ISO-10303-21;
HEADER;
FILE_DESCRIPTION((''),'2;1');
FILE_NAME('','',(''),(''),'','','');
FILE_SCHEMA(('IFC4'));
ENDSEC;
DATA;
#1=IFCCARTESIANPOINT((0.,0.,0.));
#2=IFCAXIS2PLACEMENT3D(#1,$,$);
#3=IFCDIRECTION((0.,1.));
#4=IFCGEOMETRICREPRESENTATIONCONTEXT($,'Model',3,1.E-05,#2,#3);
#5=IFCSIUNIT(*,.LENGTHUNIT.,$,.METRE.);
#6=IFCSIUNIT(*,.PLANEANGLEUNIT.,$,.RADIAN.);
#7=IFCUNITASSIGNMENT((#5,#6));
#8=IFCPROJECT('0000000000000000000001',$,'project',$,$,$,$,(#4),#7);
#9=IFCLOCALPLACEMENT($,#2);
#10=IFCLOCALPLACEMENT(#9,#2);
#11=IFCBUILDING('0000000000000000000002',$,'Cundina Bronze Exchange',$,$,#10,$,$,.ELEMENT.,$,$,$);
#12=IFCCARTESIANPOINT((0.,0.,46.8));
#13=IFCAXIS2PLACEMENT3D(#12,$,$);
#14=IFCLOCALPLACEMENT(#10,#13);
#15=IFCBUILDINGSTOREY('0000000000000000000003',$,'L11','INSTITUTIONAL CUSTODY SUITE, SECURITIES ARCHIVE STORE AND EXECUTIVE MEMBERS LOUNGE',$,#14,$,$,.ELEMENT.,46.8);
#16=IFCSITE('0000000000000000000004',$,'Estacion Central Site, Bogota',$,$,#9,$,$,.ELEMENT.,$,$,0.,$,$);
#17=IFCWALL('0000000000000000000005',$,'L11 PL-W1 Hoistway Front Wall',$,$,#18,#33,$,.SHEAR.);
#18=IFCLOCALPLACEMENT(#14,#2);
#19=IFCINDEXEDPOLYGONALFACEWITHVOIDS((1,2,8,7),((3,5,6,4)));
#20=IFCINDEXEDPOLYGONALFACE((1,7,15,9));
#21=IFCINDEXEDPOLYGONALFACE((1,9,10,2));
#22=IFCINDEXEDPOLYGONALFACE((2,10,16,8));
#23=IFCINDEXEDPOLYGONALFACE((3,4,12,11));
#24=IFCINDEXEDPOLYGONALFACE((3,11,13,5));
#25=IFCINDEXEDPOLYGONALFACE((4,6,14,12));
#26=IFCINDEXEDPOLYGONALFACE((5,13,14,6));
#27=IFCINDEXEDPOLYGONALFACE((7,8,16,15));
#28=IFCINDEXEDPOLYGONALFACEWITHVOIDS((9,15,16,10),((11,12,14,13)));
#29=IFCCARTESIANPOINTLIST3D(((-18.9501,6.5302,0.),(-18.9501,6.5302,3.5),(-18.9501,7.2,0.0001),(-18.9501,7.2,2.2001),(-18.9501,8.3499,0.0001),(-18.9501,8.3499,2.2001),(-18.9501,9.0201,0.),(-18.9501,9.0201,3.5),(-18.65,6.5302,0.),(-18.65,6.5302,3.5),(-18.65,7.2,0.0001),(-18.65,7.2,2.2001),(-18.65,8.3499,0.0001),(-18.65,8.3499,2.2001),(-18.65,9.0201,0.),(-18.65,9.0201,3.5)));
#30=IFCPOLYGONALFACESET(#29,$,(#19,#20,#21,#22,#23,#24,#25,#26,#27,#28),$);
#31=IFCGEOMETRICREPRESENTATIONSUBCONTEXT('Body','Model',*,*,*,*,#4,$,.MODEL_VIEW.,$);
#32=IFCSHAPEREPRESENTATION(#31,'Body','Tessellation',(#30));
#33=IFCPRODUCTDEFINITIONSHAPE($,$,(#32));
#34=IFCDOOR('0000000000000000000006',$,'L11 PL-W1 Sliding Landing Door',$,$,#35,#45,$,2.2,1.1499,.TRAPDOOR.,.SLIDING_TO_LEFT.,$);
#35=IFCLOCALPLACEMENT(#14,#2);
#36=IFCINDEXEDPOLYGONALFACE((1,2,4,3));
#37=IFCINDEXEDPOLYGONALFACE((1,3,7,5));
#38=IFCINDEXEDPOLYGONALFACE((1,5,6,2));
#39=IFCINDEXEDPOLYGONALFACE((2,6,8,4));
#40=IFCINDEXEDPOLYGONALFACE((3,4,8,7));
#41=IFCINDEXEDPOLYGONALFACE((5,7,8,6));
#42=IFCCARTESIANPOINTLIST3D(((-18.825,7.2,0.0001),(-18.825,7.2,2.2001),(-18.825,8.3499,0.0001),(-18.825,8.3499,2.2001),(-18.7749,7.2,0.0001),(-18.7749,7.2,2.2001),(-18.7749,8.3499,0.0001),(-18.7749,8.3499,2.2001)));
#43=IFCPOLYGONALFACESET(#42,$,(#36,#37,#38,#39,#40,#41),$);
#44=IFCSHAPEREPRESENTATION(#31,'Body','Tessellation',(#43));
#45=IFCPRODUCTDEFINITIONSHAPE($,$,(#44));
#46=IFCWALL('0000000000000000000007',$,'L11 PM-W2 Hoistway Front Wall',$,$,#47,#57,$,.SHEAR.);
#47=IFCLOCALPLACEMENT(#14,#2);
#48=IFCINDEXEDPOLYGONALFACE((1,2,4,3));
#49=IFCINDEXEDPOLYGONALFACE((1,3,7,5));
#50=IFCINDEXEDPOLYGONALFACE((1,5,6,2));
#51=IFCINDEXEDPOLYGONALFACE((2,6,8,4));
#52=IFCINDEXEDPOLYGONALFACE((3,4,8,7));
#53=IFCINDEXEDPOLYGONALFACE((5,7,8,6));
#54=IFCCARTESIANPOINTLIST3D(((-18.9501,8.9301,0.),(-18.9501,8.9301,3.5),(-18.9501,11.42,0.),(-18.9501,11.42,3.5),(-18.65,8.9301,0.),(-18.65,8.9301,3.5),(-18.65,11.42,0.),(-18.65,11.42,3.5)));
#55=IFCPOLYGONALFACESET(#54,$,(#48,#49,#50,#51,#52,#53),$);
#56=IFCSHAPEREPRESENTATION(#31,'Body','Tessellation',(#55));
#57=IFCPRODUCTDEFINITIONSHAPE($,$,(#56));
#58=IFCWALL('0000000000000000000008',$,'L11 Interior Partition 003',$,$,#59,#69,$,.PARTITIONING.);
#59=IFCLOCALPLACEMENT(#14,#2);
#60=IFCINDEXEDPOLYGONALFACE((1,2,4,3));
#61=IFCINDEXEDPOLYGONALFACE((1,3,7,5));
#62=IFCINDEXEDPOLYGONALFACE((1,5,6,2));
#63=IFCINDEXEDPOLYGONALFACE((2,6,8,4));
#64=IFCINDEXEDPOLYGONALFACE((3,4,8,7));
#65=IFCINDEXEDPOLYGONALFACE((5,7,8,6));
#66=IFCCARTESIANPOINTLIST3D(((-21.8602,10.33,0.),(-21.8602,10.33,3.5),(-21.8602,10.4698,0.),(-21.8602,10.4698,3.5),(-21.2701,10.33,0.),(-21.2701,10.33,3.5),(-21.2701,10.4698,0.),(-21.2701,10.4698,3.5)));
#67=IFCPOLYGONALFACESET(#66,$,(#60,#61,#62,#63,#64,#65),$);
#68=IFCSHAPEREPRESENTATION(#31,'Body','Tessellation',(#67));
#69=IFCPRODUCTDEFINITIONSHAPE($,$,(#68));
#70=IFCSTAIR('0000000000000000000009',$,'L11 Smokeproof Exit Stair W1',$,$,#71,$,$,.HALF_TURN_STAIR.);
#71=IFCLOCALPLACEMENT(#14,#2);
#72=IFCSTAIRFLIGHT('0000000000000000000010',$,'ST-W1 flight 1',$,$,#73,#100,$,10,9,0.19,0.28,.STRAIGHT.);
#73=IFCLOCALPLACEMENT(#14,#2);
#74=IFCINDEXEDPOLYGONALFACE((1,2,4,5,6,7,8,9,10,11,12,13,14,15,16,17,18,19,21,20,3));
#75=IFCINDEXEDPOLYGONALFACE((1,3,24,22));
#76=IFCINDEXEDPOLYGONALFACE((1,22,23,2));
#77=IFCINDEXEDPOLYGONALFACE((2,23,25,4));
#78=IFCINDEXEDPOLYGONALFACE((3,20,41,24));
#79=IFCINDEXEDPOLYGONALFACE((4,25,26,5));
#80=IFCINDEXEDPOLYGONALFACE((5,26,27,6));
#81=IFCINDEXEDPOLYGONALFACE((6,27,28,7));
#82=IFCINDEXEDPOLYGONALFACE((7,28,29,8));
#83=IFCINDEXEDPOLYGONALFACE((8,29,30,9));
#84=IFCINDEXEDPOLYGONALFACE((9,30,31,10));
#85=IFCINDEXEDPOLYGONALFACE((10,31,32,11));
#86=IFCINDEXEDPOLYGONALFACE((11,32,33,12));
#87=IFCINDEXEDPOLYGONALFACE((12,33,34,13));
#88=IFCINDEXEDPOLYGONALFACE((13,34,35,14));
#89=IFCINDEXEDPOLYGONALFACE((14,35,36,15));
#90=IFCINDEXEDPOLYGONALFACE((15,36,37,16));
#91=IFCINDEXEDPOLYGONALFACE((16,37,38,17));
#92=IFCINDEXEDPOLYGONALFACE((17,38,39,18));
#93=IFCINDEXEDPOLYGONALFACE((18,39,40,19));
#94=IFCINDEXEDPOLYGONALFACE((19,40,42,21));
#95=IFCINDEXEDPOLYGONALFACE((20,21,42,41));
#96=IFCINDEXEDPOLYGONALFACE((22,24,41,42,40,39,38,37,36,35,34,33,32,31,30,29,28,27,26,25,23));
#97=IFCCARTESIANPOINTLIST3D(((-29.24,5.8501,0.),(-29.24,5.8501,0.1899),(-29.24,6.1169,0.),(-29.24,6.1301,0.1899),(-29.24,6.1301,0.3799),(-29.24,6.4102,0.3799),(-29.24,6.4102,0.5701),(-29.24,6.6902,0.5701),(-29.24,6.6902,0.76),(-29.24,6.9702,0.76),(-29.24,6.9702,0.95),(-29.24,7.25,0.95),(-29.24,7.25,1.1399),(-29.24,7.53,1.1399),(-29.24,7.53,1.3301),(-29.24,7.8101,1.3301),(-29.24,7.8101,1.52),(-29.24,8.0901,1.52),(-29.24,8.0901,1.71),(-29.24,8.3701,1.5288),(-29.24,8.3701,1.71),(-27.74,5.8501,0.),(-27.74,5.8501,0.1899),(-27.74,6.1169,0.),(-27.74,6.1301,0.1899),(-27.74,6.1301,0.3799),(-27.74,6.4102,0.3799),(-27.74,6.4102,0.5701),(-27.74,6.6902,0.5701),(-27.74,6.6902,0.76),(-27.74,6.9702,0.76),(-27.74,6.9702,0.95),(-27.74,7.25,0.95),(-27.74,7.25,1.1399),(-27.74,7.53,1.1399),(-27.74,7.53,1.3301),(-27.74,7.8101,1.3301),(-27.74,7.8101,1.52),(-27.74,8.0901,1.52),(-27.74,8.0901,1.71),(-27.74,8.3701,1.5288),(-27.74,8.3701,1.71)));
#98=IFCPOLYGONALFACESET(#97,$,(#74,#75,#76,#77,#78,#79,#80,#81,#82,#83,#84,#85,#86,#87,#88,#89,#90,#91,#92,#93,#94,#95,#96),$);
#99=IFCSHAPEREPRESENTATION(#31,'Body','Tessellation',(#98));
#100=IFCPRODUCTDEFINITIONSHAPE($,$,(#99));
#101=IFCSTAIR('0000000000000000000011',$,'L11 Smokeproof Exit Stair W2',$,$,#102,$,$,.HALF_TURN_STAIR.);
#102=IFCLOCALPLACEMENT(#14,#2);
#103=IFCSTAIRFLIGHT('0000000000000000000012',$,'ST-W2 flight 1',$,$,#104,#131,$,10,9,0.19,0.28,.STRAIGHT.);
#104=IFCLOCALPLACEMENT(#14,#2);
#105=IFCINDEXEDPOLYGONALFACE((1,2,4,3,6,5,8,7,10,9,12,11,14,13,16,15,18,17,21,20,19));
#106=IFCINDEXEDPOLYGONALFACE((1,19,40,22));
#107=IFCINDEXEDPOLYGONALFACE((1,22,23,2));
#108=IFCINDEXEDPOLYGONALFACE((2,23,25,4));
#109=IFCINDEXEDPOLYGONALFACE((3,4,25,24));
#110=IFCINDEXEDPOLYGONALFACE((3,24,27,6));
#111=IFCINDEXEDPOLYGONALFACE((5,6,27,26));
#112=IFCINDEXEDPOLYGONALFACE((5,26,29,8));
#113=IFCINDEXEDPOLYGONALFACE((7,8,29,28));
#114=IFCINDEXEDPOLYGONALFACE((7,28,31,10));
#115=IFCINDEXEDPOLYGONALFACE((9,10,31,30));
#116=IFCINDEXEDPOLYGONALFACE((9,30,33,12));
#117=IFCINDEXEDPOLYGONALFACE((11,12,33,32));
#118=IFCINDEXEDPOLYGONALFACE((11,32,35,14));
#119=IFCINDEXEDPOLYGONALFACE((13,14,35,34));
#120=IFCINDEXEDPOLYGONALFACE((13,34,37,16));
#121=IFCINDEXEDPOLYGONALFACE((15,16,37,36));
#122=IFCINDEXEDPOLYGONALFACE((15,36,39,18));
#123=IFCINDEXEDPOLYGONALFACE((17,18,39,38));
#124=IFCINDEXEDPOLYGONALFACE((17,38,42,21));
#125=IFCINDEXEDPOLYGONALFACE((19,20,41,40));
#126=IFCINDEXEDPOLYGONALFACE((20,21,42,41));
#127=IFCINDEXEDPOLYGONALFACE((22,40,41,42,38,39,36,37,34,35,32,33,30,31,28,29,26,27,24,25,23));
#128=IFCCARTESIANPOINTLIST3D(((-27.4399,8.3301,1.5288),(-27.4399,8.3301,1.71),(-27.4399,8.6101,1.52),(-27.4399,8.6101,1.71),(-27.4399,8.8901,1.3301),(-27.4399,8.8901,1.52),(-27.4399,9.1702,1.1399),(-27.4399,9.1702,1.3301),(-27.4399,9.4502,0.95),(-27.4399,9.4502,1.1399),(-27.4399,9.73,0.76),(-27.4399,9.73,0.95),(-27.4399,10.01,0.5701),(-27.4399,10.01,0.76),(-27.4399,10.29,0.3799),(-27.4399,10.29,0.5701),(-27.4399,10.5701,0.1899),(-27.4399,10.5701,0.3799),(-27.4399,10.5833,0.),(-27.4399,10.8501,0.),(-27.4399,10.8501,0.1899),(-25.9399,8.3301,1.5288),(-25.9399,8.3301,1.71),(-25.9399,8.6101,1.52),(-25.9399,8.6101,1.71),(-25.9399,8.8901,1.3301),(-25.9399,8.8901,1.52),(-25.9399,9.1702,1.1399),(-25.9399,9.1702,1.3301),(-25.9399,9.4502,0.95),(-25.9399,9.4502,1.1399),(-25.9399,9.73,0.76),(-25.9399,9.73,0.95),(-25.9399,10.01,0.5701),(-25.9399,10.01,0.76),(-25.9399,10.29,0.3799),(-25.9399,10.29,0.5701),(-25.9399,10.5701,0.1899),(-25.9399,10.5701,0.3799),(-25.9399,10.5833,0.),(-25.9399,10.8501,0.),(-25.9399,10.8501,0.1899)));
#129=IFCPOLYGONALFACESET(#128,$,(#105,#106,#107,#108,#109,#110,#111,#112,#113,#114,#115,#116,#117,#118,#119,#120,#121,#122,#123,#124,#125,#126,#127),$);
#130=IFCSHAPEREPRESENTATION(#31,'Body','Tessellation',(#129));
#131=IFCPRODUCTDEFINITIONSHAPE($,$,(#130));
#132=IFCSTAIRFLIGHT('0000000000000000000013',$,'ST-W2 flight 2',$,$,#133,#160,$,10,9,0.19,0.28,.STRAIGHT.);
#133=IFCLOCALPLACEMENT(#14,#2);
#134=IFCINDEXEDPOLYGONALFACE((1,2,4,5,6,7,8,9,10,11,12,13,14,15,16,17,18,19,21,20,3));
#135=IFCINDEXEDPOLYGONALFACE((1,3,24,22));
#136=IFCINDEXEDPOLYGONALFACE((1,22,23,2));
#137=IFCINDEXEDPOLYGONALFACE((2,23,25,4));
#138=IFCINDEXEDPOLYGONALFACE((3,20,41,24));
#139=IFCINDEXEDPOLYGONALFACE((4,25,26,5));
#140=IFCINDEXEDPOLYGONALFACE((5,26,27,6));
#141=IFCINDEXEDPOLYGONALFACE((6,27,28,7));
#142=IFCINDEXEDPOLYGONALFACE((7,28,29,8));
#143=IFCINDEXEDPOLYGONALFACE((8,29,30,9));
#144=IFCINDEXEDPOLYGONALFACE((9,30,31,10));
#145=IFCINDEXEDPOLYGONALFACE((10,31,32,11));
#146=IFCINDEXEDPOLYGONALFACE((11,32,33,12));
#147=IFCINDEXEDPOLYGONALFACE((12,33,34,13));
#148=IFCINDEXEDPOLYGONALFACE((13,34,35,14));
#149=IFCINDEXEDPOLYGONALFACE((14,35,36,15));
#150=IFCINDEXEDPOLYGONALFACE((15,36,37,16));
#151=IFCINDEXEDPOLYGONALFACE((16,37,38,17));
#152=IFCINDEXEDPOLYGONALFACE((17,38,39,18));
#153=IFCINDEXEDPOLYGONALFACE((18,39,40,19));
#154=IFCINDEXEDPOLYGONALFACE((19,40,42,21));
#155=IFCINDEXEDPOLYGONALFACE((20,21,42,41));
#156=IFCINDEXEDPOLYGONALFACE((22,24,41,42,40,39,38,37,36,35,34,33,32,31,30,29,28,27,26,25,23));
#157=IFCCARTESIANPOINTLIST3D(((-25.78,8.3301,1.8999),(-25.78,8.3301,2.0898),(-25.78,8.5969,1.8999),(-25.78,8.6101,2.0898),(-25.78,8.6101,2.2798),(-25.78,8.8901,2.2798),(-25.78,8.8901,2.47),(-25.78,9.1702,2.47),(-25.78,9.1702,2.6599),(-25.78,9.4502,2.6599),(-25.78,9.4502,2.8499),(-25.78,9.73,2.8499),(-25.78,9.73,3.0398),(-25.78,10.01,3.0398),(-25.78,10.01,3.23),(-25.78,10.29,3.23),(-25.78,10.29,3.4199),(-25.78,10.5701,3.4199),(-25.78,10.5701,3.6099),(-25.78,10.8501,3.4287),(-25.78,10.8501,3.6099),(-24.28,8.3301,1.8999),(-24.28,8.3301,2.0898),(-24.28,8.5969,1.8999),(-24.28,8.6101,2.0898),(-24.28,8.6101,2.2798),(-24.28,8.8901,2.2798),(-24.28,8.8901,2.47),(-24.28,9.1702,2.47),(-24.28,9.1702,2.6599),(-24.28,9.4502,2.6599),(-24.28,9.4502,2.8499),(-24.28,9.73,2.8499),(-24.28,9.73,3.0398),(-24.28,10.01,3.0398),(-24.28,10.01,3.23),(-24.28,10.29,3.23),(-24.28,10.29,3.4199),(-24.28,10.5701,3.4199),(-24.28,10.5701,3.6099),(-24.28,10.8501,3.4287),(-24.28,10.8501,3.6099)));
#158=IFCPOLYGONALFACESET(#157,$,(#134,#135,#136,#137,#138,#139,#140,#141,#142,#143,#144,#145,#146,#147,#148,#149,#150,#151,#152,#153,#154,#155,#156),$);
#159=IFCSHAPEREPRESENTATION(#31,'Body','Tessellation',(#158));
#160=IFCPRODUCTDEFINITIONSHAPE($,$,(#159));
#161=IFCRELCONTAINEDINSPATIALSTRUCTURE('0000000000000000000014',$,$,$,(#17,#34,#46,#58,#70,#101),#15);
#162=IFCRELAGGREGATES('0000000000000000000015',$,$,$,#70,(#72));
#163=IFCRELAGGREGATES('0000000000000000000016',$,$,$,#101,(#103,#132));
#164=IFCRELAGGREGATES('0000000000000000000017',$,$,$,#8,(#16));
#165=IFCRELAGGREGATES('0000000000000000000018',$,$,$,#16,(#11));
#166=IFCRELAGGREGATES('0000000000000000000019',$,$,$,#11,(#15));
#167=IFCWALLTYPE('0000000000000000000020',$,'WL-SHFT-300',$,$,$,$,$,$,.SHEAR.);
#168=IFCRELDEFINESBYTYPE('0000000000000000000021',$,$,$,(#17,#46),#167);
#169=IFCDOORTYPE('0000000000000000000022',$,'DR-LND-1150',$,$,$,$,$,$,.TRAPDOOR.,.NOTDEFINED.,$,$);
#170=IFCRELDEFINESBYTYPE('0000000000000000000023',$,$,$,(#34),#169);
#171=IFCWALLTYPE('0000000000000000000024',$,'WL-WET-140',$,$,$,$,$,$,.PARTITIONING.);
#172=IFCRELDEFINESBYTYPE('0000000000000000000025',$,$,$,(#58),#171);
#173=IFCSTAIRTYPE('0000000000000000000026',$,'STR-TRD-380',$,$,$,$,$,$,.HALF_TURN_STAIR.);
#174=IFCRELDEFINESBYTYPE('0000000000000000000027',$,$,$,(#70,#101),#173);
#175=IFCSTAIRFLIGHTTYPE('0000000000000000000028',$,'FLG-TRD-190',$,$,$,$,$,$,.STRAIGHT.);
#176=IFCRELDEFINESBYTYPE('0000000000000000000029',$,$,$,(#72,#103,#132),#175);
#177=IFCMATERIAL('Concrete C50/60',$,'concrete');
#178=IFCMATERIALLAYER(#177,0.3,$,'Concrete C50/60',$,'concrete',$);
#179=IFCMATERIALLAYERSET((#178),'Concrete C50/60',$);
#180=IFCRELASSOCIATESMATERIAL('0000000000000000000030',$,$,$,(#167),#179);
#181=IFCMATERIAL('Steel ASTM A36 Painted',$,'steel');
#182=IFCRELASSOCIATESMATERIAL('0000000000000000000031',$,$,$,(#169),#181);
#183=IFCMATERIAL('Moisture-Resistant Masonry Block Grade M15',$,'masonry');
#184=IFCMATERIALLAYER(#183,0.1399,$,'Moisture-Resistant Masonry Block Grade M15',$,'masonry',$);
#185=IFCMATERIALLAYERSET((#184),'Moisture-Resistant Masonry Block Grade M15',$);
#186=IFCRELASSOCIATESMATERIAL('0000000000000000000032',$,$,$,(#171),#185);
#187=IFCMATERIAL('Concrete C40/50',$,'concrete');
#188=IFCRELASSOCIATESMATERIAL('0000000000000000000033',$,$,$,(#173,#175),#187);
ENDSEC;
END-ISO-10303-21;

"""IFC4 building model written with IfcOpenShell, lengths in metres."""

from ifc_helpers import new_model, si_unit, direction, frame, frame_2d, origin, place, context, subcontext, project, spatial, polyline, rectangle, outline, extrude, material, layer, layer_set, type_object, element, fill, aggregate, save


model = new_model("IFC4")

# Units and contexts
model_context = context("Model", 3, precision=1e-05, world=origin(), true_north=direction((0.0, 1.0)))
body_context = subcontext(model_context, "Body", "Model", "MODEL_VIEW")
ifc_project = project(units=[si_unit("LENGTHUNIT", "METRE"), si_unit("PLANEANGLEUNIT", "RADIAN")], contexts=[model_context])

# Site, building, storey
site_placement = place(None, origin())
site = spatial("IfcSite", under=ifc_project, at=site_placement, Name="Estacion Central Site, Bogota", CompositionType="ELEMENT", RefElevation=0.0)
building_placement = place(site_placement, origin())
building = spatial("IfcBuilding", under=site, at=building_placement, Name="Cundina Bronze Exchange", CompositionType="ELEMENT")
storey_placement = place(building_placement, frame((0.0, 0.0, 46.8)))
storey = spatial("IfcBuildingStorey", under=building, at=storey_placement, Name="L11", Description="INSTITUTIONAL CUSTODY SUITE, SECURITIES ARCHIVE STORE AND EXECUTIVE MEMBERS LOUNGE", CompositionType="ELEMENT", Elevation=46.8)

# Shared definitions
ifc_material_1 = material(Name="Concrete C50/60", Category="concrete")
ifc_layer_1 = layer(ifc_material_1, 0.3, Name="Concrete C50/60", Category="concrete")
ifc_layer_set_1 = layer_set([ifc_layer_1], Name="Concrete C50/60")
wall_type_1 = type_object("IfcWallType", Name="WL-SHFT-300", PredefinedType="SHEAR", material=ifc_layer_set_1)

# Shared definitions
ifc_material_2 = material(Name="Steel ASTM A36 Painted", Category="steel")
door_type = type_object("IfcDoorType", Name="DR-LND-1150", OperationType="NOTDEFINED", PredefinedType="TRAPDOOR", material=ifc_material_2)

# Wall, opening, door
wall_1_placement = place(storey_placement, frame((-18.8, 6.53, 0.0), z_axis=(0.0, 0.0, 1.0), x_axis=(0.0, 1.0, 0.0)))
wall_1 = element("IfcWall", 1, at=wall_1_placement, inside=storey, type_object=wall_type_1, Name="L11 PL-W1 Hoistway Front Wall", PredefinedType="SHEAR", context=body_context, shape_type="SweptSolid", body=[
    extrude(rectangle(XDim=2.49, YDim=0.3, at=frame_2d((1.2451, 0.0))), origin(), (0.0, 0.0, 1.0), 3.5),
])
opening_1_placement = place(wall_1_placement, frame((0.6699, 0.0, 0.0)))
opening_1 = element("IfcOpeningElement", 2, at=opening_1_placement, cuts=wall_1, PredefinedType="OPENING", context=body_context, shape_type="SweptSolid", body=[
    extrude(rectangle(XDim=1.1499, YDim=2.2, at=frame_2d((0.575, 1.1001))), frame((0.0, 0.1599, 0.0), z_axis=(0.0, -1.0, 0.0), x_axis=(1.0, 0.0, 0.0)), (0.0, 0.0, 1.0), 0.3201),
])
door_1_placement = place(opening_1_placement, origin())
door_1 = element("IfcDoor", 3, at=door_1_placement, inside=storey, type_object=door_type, Name="L11 PL-W1 Sliding Landing Door", OperationType="SLIDING_TO_LEFT", OverallHeight=2.2, OverallWidth=1.1499, PredefinedType="TRAPDOOR", context=body_context, shape_type="SweptSolid", body=[
    extrude(rectangle(XDim=1.1499, YDim=2.2, at=frame_2d((0.575, 1.1001))), frame((0.0, 0.0249, 0.0), z_axis=(0.0, -1.0, 0.0), x_axis=(1.0, 0.0, 0.0)), (0.0, 0.0, 1.0), 0.05),
])
fill(opening_1, door_1)

# Walls
wall_2_placement = place(storey_placement, frame((-18.8, 8.9299, 0.0), z_axis=(0.0, 0.0, 1.0), x_axis=(0.0, 1.0, 0.0)))
element("IfcWall", 4, at=wall_2_placement, inside=storey, type_object=wall_type_1, Name="L11 PM-W2 Hoistway Front Wall", PredefinedType="SHEAR", context=body_context, shape_type="SweptSolid", body=[
    extrude(rectangle(XDim=2.49, YDim=0.3, at=frame_2d((1.2451, 0.0))), origin(), (0.0, 0.0, 1.0), 3.5),
])
ifc_material_3 = material(Name="Moisture-Resistant Masonry Block Grade M15", Category="masonry")
ifc_layer_2 = layer(ifc_material_3, 0.1399, Name="Moisture-Resistant Masonry Block Grade M15", Category="masonry")
ifc_layer_set_2 = layer_set([ifc_layer_2], Name="Moisture-Resistant Masonry Block Grade M15")
wall_type_2 = type_object("IfcWallType", Name="WL-WET-140", PredefinedType="PARTITIONING", material=ifc_layer_set_2)
wall_3_placement = place(storey_placement, frame((-21.8601, 10.3999, 0.0), z_axis=(0.0, 0.0, 1.0), x_axis=(1.0, 0.0, 0.0)))
element("IfcWall", 5, at=wall_3_placement, inside=storey, type_object=wall_type_2, Name="L11 Interior Partition 003", PredefinedType="PARTITIONING", context=body_context, shape_type="SweptSolid", body=[
    extrude(rectangle(XDim=0.5901, YDim=0.1399, at=frame_2d((0.2949, 0.0))), origin(), (0.0, 0.0, 1.0), 3.5),
])

# Stair, stair flight
ifc_material_4 = material(Name="Concrete C40/50", Category="concrete")
stair_type = type_object("IfcStairType", Name="STR-TRD-380", PredefinedType="HALF_TURN_STAIR", material=ifc_material_4)
stair_1_placement = place(storey_placement, origin())
stair_1 = element("IfcStair", 6, at=stair_1_placement, inside=storey, type_object=stair_type, Name="L11 Smokeproof Exit Stair W1", PredefinedType="HALF_TURN_STAIR")
stair_flight_type = type_object("IfcStairFlightType", Name="FLG-TRD-190", PredefinedType="STRAIGHT", material=ifc_material_4)
stair_flight_1_placement = place(storey_placement, frame((-28.49, 5.8501, 0.0), z_axis=(0.0, 0.0, 1.0), x_axis=(0.0, 1.0, 0.0)))
stair_flight_1 = element("IfcStairFlight", 7, at=stair_flight_1_placement, type_object=stair_flight_type, Name="ST-W1 flight 1", NumberOfRisers=10, NumberOfTreads=9, PredefinedType="STRAIGHT", RiserHeight=0.19, TreadLength=0.28, context=body_context, shape_type="SweptSolid", body=[
    extrude(outline(polyline([(0.0, 0.0), (0.0, 0.1899), (0.28, 0.1899), (0.28, 0.3799), (0.5601, 0.3799), (0.5601, 0.5701), (0.8401, 0.5701), (0.8401, 0.76), (1.1201, 0.76), (1.1201, 0.95), (1.3999, 0.95), (1.3999, 1.1399), (1.6799, 1.1399), (1.6799, 1.3301), (1.96, 1.3301), (1.96, 1.52), (2.24, 1.52), (2.24, 1.71), (2.52, 1.71), (2.52, 1.8999), (2.52, 1.5288), (0.2668, 0.0), (0.0, 0.0)])), frame((0.0, 0.75, 0.0), z_axis=(0.0, -1.0, 0.0), x_axis=(1.0, 0.0, 0.0)), (0.0, 0.0, 1.0), 1.5),
])
aggregate(stair_1, [stair_flight_1])

# Stair, stair flights
stair_2_placement = place(storey_placement, origin())
stair_2 = element("IfcStair", 8, at=stair_2_placement, inside=storey, type_object=stair_type, Name="L11 Smokeproof Exit Stair W2", PredefinedType="HALF_TURN_STAIR")
stair_flight_2_placement = place(storey_placement, frame((-26.6899, 10.8501, 0.0), z_axis=(0.0, 0.0, 1.0), x_axis=(0.0, -1.0, 0.0)))
stair_flight_2 = element("IfcStairFlight", 9, at=stair_flight_2_placement, type_object=stair_flight_type, Name="ST-W2 flight 1", NumberOfRisers=10, NumberOfTreads=9, PredefinedType="STRAIGHT", RiserHeight=0.19, TreadLength=0.28, context=body_context, shape_type="SweptSolid", body=[
    extrude(outline(polyline([(0.0, 0.0), (0.0, 0.1899), (0.28, 0.1899), (0.28, 0.3799), (0.5601, 0.3799), (0.5601, 0.5701), (0.8401, 0.5701), (0.8401, 0.76), (1.1201, 0.76), (1.1201, 0.95), (1.3999, 0.95), (1.3999, 1.1399), (1.6799, 1.1399), (1.6799, 1.3301), (1.96, 1.3301), (1.96, 1.52), (2.24, 1.52), (2.24, 1.71), (2.52, 1.71), (2.52, 1.8999), (2.52, 1.5288), (0.2668, 0.0), (0.0, 0.0)])), frame((0.0, 0.75, 0.0), z_axis=(0.0, -1.0, 0.0), x_axis=(1.0, 0.0, 0.0)), (0.0, 0.0, 1.0), 1.5),
])
stair_flight_3_placement = place(storey_placement, frame((-25.03, 8.3301, 1.8999), z_axis=(0.0, 0.0, 1.0), x_axis=(0.0, 1.0, 0.0)))
stair_flight_3 = element("IfcStairFlight", 10, at=stair_flight_3_placement, type_object=stair_flight_type, Name="ST-W2 flight 2", NumberOfRisers=10, NumberOfTreads=9, PredefinedType="STRAIGHT", RiserHeight=0.19, TreadLength=0.28, context=body_context, shape_type="SweptSolid", body=[
    extrude(outline(polyline([(0.0, 0.0), (0.0, 0.1899), (0.28, 0.1899), (0.28, 0.3799), (0.5601, 0.3799), (0.5601, 0.5701), (0.8401, 0.5701), (0.8401, 0.76), (1.1201, 0.76), (1.1201, 0.95), (1.3999, 0.95), (1.3999, 1.1399), (1.6799, 1.1399), (1.6799, 1.3301), (1.96, 1.3301), (1.96, 1.52), (2.24, 1.52), (2.24, 1.71), (2.52, 1.71), (2.52, 1.8999), (2.52, 1.5288), (0.2668, 0.0), (0.0, 0.0)])), frame((0.0, 0.75, 0.0), z_axis=(0.0, -1.0, 0.0), x_axis=(1.0, 0.0, 0.0)), (0.0, 0.0, 1.0), 1.5),
])
aggregate(stair_2, [stair_flight_2, stair_flight_3])

save(model, "model.ifc")
